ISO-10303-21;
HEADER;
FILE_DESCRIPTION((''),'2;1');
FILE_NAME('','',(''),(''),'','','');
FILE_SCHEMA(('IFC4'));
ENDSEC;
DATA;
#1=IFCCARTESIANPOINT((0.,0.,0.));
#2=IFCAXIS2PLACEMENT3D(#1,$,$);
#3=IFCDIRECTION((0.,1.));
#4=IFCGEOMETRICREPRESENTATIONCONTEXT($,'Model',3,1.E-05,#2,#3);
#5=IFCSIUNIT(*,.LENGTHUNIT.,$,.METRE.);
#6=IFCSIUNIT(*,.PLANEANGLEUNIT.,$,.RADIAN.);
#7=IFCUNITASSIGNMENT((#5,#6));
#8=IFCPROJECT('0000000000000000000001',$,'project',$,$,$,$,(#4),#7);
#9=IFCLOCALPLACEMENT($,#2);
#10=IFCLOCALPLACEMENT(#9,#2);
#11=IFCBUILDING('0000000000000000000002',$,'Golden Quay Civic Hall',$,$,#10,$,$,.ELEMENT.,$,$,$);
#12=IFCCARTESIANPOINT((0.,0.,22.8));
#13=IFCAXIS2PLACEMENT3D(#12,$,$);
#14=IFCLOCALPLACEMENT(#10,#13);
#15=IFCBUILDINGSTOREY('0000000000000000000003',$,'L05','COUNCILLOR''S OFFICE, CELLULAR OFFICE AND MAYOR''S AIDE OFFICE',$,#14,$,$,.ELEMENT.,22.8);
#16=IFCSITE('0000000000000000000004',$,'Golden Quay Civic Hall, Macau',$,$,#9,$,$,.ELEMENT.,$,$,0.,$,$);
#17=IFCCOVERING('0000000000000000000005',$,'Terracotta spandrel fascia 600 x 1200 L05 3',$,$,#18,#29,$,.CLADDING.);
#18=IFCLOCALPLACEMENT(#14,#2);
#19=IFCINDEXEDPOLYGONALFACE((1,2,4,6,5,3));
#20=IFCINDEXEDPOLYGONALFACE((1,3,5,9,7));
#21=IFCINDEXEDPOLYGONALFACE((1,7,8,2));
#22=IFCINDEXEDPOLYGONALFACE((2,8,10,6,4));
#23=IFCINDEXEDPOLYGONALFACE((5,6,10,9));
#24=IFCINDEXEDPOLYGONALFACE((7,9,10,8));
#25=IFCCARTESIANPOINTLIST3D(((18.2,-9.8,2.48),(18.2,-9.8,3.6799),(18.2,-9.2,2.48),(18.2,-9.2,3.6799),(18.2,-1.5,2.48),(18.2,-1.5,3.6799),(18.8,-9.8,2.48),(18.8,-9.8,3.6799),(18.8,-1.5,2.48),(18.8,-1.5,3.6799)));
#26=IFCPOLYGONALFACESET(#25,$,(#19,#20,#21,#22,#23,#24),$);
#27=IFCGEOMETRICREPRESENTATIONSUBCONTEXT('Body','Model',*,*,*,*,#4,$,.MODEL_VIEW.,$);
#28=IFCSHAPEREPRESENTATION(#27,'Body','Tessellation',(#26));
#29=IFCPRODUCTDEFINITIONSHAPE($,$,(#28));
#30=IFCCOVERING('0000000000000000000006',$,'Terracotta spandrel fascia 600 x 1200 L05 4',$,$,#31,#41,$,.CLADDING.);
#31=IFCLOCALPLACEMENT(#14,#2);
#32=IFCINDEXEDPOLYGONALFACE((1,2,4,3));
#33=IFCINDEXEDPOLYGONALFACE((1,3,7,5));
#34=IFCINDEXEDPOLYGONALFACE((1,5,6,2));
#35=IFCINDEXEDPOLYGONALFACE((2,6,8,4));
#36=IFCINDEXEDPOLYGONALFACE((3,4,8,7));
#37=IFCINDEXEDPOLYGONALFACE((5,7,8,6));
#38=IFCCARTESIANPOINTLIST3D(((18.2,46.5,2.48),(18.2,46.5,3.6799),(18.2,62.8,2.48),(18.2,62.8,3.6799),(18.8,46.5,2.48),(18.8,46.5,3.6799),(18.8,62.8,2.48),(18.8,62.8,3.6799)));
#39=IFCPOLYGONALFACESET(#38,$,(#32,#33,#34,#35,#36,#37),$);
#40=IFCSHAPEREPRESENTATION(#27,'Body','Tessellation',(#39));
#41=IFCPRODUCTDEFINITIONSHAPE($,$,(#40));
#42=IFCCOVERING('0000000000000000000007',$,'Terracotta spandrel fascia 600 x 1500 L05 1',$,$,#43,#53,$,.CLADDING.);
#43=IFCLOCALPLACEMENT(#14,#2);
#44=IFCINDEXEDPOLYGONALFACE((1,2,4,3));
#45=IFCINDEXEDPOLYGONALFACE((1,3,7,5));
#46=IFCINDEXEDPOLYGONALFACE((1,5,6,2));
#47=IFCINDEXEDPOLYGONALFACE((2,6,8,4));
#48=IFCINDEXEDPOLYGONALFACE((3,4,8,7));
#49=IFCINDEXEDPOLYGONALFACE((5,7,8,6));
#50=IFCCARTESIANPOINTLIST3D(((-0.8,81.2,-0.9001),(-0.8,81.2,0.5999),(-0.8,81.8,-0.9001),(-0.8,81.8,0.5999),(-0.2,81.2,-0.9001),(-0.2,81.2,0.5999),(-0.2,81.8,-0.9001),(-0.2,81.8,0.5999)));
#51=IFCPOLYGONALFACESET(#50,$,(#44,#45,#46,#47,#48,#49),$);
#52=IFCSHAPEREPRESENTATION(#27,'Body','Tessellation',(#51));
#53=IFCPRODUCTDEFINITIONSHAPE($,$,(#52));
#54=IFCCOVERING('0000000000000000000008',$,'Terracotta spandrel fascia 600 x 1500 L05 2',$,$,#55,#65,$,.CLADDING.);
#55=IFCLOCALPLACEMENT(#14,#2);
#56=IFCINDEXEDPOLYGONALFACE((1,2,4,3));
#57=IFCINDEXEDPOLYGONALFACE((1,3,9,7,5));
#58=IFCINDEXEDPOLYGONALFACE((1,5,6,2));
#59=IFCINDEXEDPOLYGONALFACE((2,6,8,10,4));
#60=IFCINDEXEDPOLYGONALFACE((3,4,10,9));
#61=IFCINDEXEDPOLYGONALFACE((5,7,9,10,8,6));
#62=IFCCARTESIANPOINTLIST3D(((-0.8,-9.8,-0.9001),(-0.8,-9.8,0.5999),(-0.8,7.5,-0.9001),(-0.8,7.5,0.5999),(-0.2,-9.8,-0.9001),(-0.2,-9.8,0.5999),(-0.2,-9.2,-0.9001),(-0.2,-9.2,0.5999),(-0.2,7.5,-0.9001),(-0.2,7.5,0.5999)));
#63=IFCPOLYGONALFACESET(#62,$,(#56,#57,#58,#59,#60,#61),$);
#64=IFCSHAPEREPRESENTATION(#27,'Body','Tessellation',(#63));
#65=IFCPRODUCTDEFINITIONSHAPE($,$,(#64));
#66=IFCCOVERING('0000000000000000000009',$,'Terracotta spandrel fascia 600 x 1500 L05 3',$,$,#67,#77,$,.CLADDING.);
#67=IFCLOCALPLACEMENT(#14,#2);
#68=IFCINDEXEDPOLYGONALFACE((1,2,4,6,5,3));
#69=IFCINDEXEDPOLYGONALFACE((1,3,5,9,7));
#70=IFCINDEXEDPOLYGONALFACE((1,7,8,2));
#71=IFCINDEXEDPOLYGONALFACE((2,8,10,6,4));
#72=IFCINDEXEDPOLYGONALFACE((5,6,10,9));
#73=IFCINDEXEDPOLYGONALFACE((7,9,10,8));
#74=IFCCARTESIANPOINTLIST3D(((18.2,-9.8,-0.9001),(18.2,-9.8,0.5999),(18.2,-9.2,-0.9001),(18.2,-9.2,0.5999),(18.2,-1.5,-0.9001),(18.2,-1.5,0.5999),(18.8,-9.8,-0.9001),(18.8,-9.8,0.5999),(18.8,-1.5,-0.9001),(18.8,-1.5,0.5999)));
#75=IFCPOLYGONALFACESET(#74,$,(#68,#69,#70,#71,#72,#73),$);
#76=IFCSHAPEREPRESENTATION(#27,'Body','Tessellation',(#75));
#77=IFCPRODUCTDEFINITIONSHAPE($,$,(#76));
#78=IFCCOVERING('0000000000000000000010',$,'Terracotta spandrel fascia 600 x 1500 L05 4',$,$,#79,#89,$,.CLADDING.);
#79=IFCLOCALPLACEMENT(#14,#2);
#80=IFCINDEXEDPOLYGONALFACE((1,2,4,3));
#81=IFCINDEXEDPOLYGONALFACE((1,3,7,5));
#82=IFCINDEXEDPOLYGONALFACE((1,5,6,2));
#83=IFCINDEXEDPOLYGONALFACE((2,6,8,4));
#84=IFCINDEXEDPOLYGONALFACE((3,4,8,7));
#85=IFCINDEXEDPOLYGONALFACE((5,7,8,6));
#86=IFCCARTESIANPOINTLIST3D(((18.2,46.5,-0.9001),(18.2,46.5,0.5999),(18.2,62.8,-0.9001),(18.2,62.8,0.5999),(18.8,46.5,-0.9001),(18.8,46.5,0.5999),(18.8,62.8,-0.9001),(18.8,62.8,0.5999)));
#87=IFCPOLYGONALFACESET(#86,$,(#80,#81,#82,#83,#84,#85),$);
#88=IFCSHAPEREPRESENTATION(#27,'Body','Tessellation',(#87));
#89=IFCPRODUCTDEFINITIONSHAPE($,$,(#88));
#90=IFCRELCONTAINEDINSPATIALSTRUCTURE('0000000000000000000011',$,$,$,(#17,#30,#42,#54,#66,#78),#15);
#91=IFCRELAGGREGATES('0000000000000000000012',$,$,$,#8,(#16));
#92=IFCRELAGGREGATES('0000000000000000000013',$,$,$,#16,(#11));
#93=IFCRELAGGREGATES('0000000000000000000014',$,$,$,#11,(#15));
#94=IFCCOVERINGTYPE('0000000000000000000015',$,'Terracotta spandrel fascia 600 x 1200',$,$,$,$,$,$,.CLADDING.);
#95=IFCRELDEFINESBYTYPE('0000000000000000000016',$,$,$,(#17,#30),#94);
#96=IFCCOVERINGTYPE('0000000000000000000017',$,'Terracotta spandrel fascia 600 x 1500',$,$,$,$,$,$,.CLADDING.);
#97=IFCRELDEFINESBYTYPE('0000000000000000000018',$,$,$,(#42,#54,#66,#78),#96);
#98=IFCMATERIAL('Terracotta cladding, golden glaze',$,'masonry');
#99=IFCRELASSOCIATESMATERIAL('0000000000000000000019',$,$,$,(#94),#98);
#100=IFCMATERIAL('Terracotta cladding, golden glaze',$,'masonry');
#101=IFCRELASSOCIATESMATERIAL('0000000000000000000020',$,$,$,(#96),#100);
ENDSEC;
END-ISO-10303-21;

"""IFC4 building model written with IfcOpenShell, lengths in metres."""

from ifc_helpers import new_model, si_unit, direction, frame, origin, place, context, subcontext, project, spatial, polyline, outline, extrude, material, type_object, element, save


model = new_model("IFC4")

# Units and contexts
model_context = context("Model", 3, precision=1e-05, world=origin(), true_north=direction((0.0, 1.0)))
body_context = subcontext(model_context, "Body", "Model", "MODEL_VIEW")
ifc_project = project(units=[si_unit("LENGTHUNIT", "METRE"), si_unit("PLANEANGLEUNIT", "RADIAN")], contexts=[model_context])

# Site, building, storey
site_placement = place(None, origin())
site = spatial("IfcSite", under=ifc_project, at=site_placement, Name="Golden Quay Civic Hall, Macau", CompositionType="ELEMENT", RefElevation=0.0)
building_placement = place(site_placement, origin())
building = spatial("IfcBuilding", under=site, at=building_placement, Name="Golden Quay Civic Hall", CompositionType="ELEMENT")
storey_placement = place(building_placement, frame((0.0, 0.0, 22.8)))
storey = spatial("IfcBuildingStorey", under=building, at=storey_placement, Name="L05", Description="COUNCILLOR'S OFFICE, CELLULAR OFFICE AND MAYOR'S AIDE OFFICE", CompositionType="ELEMENT", Elevation=22.8)

# Coverings
ifc_material_1 = material(Name="Terracotta cladding, golden glaze", Category="masonry")
covering_type_1 = type_object("IfcCoveringType", Name="Terracotta spandrel fascia 600 x 1200", PredefinedType="CLADDING", material=ifc_material_1)
covering_1_placement = place(storey_placement, frame((0.0, 0.0, 2.48)))
element("IfcCovering", 1, at=covering_1_placement, inside=storey, type_object=covering_type_1, Name="Terracotta spandrel fascia 600 x 1200 L05 3", PredefinedType="CLADDING", context=body_context, shape_type="SweptSolid", body=[
    extrude(outline(polyline([(18.2, -1.5), (18.8, -1.5), (18.8, -9.8), (18.2, -9.8), (18.2, -9.2), (18.2, -1.5)])), origin(), (0.0, 0.0, 1.0), 1.2),
])
covering_2_placement = place(storey_placement, frame((0.0, 0.0, 2.48)))
element("IfcCovering", 2, at=covering_2_placement, inside=storey, type_object=covering_type_1, Name="Terracotta spandrel fascia 600 x 1200 L05 4", PredefinedType="CLADDING", context=body_context, shape_type="SweptSolid", body=[
    extrude(outline(polyline([(18.2, 62.8), (18.8, 62.8), (18.8, 46.5), (18.2, 46.5), (18.2, 62.8)])), origin(), (0.0, 0.0, 1.0), 1.2),
])
ifc_material_2 = material(Name="Terracotta cladding, golden glaze", Category="masonry")
covering_type_2 = type_object("IfcCoveringType", Name="Terracotta spandrel fascia 600 x 1500", PredefinedType="CLADDING", material=ifc_material_2)
covering_3_placement = place(storey_placement, frame((0.0, 0.0, -0.9001)))
element("IfcCovering", 3, at=covering_3_placement, inside=storey, type_object=covering_type_2, Name="Terracotta spandrel fascia 600 x 1500 L05 1", PredefinedType="CLADDING", context=body_context, shape_type="SweptSolid", body=[
    extrude(outline(polyline([(-0.8, 81.2), (-0.8, 81.8), (-0.2, 81.8), (-0.2, 81.2), (-0.8, 81.2)])), origin(), (0.0, 0.0, 1.0), 1.5),
])
covering_4_placement = place(storey_placement, frame((0.0, 0.0, -0.9001)))
element("IfcCovering", 4, at=covering_4_placement, inside=storey, type_object=covering_type_2, Name="Terracotta spandrel fascia 600 x 1500 L05 2", PredefinedType="CLADDING", context=body_context, shape_type="SweptSolid", body=[
    extrude(outline(polyline([(-0.2, -9.2), (-0.2, -9.8), (-0.8, -9.8), (-0.8, 7.5), (-0.2, 7.5), (-0.2, -9.2)])), origin(), (0.0, 0.0, 1.0), 1.5),
])
covering_5_placement = place(storey_placement, frame((0.0, 0.0, -0.9001)))
element("IfcCovering", 5, at=covering_5_placement, inside=storey, type_object=covering_type_2, Name="Terracotta spandrel fascia 600 x 1500 L05 3", PredefinedType="CLADDING", context=body_context, shape_type="SweptSolid", body=[
    extrude(outline(polyline([(18.2, -1.5), (18.8, -1.5), (18.8, -9.8), (18.2, -9.8), (18.2, -9.2), (18.2, -1.5)])), origin(), (0.0, 0.0, 1.0), 1.5),
])
covering_6_placement = place(storey_placement, frame((0.0, 0.0, -0.9001)))
element("IfcCovering", 6, at=covering_6_placement, inside=storey, type_object=covering_type_2, Name="Terracotta spandrel fascia 600 x 1500 L05 4", PredefinedType="CLADDING", context=body_context, shape_type="SweptSolid", body=[
    extrude(outline(polyline([(18.2, 62.8), (18.8, 62.8), (18.8, 46.5), (18.2, 46.5), (18.2, 62.8)])), origin(), (0.0, 0.0, 1.0), 1.5),
])

save(model, "model.ifc")
